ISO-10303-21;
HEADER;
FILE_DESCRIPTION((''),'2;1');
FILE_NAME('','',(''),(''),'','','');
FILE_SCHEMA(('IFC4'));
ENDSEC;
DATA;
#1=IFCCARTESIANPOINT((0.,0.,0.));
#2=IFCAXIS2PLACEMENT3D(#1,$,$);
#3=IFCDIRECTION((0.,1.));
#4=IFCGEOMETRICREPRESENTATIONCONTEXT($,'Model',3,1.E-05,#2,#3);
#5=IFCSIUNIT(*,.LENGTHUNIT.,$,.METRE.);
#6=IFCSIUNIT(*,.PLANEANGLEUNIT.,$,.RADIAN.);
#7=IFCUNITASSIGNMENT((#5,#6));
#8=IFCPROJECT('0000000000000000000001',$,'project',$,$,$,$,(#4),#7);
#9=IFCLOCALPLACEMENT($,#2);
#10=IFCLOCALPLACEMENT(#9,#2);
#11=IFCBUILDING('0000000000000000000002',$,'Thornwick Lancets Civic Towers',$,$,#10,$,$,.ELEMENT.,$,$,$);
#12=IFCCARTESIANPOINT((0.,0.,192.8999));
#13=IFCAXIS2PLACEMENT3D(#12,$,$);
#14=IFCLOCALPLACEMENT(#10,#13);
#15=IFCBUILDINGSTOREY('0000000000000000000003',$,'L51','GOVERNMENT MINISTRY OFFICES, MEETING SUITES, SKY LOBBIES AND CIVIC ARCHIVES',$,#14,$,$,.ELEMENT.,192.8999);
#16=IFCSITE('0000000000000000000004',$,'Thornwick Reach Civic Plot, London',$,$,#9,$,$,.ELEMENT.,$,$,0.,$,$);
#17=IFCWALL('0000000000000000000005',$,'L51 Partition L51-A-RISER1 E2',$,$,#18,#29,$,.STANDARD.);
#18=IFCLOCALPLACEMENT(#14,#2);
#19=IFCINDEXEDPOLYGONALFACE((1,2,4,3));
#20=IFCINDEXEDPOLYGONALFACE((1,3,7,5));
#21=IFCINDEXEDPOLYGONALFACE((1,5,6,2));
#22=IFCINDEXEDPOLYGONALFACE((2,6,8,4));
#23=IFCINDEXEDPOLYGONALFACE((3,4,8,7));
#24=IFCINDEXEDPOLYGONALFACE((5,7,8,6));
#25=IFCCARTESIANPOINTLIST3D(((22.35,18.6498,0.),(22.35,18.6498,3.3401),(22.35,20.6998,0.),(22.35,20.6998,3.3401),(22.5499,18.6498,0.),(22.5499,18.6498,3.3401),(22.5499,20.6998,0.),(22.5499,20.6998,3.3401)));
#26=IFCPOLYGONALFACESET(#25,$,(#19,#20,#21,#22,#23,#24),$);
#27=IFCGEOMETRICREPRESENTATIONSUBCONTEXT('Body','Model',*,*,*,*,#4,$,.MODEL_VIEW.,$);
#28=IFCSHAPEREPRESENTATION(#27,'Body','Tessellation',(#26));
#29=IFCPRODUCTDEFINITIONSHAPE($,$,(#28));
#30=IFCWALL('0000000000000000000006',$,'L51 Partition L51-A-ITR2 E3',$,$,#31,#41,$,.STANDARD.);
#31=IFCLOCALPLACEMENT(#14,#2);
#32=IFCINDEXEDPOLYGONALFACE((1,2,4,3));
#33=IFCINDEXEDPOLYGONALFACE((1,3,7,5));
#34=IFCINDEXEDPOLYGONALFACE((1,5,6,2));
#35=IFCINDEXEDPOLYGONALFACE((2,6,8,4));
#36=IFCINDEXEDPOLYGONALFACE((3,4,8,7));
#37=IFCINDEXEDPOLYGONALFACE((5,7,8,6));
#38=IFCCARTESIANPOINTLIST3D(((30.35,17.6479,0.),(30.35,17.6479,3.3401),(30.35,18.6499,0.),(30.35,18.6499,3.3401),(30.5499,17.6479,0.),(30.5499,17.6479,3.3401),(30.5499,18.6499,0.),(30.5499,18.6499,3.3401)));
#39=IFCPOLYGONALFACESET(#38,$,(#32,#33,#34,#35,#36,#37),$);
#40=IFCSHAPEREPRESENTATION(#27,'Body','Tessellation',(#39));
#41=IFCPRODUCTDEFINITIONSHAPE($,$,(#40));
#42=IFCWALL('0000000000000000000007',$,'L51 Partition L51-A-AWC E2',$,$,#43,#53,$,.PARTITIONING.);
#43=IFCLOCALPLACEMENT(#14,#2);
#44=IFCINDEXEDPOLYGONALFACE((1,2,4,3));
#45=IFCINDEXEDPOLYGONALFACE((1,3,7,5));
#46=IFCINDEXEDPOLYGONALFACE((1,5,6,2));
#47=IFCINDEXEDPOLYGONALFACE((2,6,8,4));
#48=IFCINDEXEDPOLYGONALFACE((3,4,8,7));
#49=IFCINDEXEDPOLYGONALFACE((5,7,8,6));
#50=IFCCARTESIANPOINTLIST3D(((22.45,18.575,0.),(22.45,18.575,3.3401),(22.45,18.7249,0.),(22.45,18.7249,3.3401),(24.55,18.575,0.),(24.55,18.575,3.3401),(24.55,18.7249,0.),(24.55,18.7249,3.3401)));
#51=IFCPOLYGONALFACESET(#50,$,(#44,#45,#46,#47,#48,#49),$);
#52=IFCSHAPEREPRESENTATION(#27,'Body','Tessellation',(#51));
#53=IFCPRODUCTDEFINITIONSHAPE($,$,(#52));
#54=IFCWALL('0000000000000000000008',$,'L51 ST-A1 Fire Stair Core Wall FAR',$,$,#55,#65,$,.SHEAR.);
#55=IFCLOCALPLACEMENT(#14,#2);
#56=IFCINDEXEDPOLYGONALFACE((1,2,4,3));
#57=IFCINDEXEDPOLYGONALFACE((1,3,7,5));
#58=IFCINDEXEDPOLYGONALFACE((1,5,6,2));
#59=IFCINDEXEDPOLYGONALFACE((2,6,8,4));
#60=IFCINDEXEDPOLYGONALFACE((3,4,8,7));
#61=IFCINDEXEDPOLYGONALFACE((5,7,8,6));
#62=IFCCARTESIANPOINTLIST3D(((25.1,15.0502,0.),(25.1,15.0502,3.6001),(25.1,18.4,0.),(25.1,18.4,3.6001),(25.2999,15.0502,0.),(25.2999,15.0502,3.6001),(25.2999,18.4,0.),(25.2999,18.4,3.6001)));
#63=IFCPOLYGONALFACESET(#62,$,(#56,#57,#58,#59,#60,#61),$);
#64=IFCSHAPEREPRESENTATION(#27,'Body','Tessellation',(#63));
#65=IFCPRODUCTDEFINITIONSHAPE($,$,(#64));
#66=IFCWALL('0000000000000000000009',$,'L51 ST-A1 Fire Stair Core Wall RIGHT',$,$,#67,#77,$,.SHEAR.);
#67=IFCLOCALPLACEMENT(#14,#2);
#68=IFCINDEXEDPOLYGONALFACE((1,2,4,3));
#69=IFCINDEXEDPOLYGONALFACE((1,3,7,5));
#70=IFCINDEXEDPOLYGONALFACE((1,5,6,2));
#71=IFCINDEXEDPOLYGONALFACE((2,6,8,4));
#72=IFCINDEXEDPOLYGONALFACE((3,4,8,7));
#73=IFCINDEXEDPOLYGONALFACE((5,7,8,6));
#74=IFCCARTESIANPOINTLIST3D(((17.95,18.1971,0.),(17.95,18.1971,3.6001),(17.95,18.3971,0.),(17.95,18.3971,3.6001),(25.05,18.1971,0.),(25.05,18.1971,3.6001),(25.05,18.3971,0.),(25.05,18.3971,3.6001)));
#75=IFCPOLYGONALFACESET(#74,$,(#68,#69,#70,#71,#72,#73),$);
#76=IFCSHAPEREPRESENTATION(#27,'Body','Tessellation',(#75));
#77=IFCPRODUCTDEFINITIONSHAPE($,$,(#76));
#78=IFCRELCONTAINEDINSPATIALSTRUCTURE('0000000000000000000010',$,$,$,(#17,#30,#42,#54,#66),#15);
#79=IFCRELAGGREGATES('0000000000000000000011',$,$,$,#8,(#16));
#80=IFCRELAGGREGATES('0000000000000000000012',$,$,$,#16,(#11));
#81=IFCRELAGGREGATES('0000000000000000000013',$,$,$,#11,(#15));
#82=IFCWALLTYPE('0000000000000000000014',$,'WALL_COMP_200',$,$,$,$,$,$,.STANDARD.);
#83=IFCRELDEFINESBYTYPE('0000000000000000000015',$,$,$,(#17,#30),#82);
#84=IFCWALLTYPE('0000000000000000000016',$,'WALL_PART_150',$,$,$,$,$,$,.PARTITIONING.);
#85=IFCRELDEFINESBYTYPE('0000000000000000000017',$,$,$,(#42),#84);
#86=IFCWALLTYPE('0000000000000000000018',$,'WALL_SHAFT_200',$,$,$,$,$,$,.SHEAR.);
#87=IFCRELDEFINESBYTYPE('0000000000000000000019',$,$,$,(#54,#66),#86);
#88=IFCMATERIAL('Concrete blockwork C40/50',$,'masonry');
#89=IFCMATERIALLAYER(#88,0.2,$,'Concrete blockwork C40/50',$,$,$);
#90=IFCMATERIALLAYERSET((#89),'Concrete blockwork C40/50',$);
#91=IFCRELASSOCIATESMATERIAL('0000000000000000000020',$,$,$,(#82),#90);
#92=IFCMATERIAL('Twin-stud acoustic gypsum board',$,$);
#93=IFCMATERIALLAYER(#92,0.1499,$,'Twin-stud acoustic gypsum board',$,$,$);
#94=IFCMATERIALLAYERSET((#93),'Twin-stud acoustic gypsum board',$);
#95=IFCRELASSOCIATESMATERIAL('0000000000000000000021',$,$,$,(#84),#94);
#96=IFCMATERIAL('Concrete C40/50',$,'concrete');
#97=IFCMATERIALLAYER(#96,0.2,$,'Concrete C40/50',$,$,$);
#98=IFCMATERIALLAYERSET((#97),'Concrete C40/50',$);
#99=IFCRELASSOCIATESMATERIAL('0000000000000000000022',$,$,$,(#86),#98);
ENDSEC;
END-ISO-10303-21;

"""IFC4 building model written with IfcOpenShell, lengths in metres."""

from ifc_helpers import new_model, si_unit, direction, frame, frame_2d, origin, place, context, subcontext, project, spatial, rectangle, extrude, material, layer, layer_set, type_object, element, save


model = new_model("IFC4")

# Units and contexts
model_context = context("Model", 3, precision=1e-05, world=origin(), true_north=direction((0.0, 1.0)))
body_context = subcontext(model_context, "Body", "Model", "MODEL_VIEW")
ifc_project = project(units=[si_unit("LENGTHUNIT", "METRE"), si_unit("PLANEANGLEUNIT", "RADIAN")], contexts=[model_context])

# Site, building, storey
site_placement = place(None, origin())
site = spatial("IfcSite", under=ifc_project, at=site_placement, Name="Thornwick Reach Civic Plot, London", CompositionType="ELEMENT", RefElevation=0.0)
building_placement = place(site_placement, origin())
building = spatial("IfcBuilding", under=site, at=building_placement, Name="Thornwick Lancets Civic Towers", CompositionType="ELEMENT")
storey_placement = place(building_placement, frame((0.0, 0.0, 192.8999)))
storey = spatial("IfcBuildingStorey", under=building, at=storey_placement, Name="L51", Description="GOVERNMENT MINISTRY OFFICES, MEETING SUITES, SKY LOBBIES AND CIVIC ARCHIVES", CompositionType="ELEMENT", Elevation=192.8999)

# Shared definitions
ifc_material_1 = material(Name="Concrete C40/50", Category="concrete")

# Shared definitions
ifc_material_2 = material(Name="Concrete blockwork C40/50", Category="masonry")
ifc_layer_1 = layer(ifc_material_2, 0.2, Name="Concrete blockwork C40/50")
ifc_layer_set_1 = layer_set([ifc_layer_1], Name="Concrete blockwork C40/50")
wall_type_1 = type_object("IfcWallType", Name="WALL_COMP_200", PredefinedType="STANDARD", material=ifc_layer_set_1)

# Walls
wall_1_placement = place(storey_placement, frame((22.45, 18.6499, 0.0), z_axis=(0.0, 0.0, 1.0), x_axis=(0.0, 1.0, 0.0)))
element("IfcWall", 1, at=wall_1_placement, inside=storey, type_object=wall_type_1, Name="L51 Partition L51-A-RISER1 E2", PredefinedType="STANDARD", context=body_context, shape_type="SweptSolid", body=[
    extrude(rectangle(XDim=2.05, YDim=0.2, at=frame_2d((1.0249, 0.0))), origin(), (0.0, 0.0, 1.0), 3.3401),
])
wall_2_placement = place(storey_placement, frame((30.45, 17.6479, 0.0), z_axis=(0.0, 0.0, 1.0), x_axis=(0.0, 1.0, 0.0)))
element("IfcWall", 2, at=wall_2_placement, inside=storey, type_object=wall_type_1, Name="L51 Partition L51-A-ITR2 E3", PredefinedType="STANDARD", context=body_context, shape_type="SweptSolid", body=[
    extrude(rectangle(XDim=1.002, YDim=0.2, at=frame_2d((0.501, 0.0))), origin(), (0.0, 0.0, 1.0), 3.3401),
])
ifc_material_3 = material(Name="Twin-stud acoustic gypsum board")
ifc_layer_2 = layer(ifc_material_3, 0.1499, Name="Twin-stud acoustic gypsum board")
ifc_layer_set_2 = layer_set([ifc_layer_2], Name="Twin-stud acoustic gypsum board")
wall_type_2 = type_object("IfcWallType", Name="WALL_PART_150", PredefinedType="PARTITIONING", material=ifc_layer_set_2)
wall_3_placement = place(storey_placement, frame((24.55, 18.6499, 0.0), z_axis=(0.0, 0.0, 1.0), x_axis=(-1.0, 0.0, 0.0)))
element("IfcWall", 3, at=wall_3_placement, inside=storey, type_object=wall_type_2, Name="L51 Partition L51-A-AWC E2", PredefinedType="PARTITIONING", context=body_context, shape_type="SweptSolid", body=[
    extrude(rectangle(XDim=2.1001, YDim=0.1499, at=frame_2d((1.05, 0.0))), origin(), (0.0, 0.0, 1.0), 3.3401),
])
ifc_layer_3 = layer(ifc_material_1, 0.2, Name="Concrete C40/50")
ifc_layer_set_3 = layer_set([ifc_layer_3], Name="Concrete C40/50")
wall_type_3 = type_object("IfcWallType", Name="WALL_SHAFT_200", PredefinedType="SHEAR", material=ifc_layer_set_3)
wall_4_placement = place(storey_placement, frame((25.2, 18.3999, 0.0), z_axis=(0.0, 0.0, 1.0), x_axis=(0.0, -1.0, 0.0)))
element("IfcWall", 4, at=wall_4_placement, inside=storey, type_object=wall_type_3, Name="L51 ST-A1 Fire Stair Core Wall FAR", PredefinedType="SHEAR", context=body_context, shape_type="SweptSolid", body=[
    extrude(rectangle(XDim=3.3499, YDim=0.2, at=frame_2d((1.6748, 0.0))), origin(), (0.0, 0.0, 1.0), 3.6001),
])
wall_5_placement = place(storey_placement, frame((25.05, 18.2971, 0.0), z_axis=(0.0, 0.0, 1.0), x_axis=(-1.0, 0.0, 0.0)))
element("IfcWall", 5, at=wall_5_placement, inside=storey, type_object=wall_type_3, Name="L51 ST-A1 Fire Stair Core Wall RIGHT", PredefinedType="SHEAR", context=body_context, shape_type="SweptSolid", body=[
    extrude(rectangle(XDim=7.1001, YDim=0.2, at=frame_2d((3.55, 0.0))), origin(), (0.0, 0.0, 1.0), 3.6001),
])

save(model, "model.ifc")
